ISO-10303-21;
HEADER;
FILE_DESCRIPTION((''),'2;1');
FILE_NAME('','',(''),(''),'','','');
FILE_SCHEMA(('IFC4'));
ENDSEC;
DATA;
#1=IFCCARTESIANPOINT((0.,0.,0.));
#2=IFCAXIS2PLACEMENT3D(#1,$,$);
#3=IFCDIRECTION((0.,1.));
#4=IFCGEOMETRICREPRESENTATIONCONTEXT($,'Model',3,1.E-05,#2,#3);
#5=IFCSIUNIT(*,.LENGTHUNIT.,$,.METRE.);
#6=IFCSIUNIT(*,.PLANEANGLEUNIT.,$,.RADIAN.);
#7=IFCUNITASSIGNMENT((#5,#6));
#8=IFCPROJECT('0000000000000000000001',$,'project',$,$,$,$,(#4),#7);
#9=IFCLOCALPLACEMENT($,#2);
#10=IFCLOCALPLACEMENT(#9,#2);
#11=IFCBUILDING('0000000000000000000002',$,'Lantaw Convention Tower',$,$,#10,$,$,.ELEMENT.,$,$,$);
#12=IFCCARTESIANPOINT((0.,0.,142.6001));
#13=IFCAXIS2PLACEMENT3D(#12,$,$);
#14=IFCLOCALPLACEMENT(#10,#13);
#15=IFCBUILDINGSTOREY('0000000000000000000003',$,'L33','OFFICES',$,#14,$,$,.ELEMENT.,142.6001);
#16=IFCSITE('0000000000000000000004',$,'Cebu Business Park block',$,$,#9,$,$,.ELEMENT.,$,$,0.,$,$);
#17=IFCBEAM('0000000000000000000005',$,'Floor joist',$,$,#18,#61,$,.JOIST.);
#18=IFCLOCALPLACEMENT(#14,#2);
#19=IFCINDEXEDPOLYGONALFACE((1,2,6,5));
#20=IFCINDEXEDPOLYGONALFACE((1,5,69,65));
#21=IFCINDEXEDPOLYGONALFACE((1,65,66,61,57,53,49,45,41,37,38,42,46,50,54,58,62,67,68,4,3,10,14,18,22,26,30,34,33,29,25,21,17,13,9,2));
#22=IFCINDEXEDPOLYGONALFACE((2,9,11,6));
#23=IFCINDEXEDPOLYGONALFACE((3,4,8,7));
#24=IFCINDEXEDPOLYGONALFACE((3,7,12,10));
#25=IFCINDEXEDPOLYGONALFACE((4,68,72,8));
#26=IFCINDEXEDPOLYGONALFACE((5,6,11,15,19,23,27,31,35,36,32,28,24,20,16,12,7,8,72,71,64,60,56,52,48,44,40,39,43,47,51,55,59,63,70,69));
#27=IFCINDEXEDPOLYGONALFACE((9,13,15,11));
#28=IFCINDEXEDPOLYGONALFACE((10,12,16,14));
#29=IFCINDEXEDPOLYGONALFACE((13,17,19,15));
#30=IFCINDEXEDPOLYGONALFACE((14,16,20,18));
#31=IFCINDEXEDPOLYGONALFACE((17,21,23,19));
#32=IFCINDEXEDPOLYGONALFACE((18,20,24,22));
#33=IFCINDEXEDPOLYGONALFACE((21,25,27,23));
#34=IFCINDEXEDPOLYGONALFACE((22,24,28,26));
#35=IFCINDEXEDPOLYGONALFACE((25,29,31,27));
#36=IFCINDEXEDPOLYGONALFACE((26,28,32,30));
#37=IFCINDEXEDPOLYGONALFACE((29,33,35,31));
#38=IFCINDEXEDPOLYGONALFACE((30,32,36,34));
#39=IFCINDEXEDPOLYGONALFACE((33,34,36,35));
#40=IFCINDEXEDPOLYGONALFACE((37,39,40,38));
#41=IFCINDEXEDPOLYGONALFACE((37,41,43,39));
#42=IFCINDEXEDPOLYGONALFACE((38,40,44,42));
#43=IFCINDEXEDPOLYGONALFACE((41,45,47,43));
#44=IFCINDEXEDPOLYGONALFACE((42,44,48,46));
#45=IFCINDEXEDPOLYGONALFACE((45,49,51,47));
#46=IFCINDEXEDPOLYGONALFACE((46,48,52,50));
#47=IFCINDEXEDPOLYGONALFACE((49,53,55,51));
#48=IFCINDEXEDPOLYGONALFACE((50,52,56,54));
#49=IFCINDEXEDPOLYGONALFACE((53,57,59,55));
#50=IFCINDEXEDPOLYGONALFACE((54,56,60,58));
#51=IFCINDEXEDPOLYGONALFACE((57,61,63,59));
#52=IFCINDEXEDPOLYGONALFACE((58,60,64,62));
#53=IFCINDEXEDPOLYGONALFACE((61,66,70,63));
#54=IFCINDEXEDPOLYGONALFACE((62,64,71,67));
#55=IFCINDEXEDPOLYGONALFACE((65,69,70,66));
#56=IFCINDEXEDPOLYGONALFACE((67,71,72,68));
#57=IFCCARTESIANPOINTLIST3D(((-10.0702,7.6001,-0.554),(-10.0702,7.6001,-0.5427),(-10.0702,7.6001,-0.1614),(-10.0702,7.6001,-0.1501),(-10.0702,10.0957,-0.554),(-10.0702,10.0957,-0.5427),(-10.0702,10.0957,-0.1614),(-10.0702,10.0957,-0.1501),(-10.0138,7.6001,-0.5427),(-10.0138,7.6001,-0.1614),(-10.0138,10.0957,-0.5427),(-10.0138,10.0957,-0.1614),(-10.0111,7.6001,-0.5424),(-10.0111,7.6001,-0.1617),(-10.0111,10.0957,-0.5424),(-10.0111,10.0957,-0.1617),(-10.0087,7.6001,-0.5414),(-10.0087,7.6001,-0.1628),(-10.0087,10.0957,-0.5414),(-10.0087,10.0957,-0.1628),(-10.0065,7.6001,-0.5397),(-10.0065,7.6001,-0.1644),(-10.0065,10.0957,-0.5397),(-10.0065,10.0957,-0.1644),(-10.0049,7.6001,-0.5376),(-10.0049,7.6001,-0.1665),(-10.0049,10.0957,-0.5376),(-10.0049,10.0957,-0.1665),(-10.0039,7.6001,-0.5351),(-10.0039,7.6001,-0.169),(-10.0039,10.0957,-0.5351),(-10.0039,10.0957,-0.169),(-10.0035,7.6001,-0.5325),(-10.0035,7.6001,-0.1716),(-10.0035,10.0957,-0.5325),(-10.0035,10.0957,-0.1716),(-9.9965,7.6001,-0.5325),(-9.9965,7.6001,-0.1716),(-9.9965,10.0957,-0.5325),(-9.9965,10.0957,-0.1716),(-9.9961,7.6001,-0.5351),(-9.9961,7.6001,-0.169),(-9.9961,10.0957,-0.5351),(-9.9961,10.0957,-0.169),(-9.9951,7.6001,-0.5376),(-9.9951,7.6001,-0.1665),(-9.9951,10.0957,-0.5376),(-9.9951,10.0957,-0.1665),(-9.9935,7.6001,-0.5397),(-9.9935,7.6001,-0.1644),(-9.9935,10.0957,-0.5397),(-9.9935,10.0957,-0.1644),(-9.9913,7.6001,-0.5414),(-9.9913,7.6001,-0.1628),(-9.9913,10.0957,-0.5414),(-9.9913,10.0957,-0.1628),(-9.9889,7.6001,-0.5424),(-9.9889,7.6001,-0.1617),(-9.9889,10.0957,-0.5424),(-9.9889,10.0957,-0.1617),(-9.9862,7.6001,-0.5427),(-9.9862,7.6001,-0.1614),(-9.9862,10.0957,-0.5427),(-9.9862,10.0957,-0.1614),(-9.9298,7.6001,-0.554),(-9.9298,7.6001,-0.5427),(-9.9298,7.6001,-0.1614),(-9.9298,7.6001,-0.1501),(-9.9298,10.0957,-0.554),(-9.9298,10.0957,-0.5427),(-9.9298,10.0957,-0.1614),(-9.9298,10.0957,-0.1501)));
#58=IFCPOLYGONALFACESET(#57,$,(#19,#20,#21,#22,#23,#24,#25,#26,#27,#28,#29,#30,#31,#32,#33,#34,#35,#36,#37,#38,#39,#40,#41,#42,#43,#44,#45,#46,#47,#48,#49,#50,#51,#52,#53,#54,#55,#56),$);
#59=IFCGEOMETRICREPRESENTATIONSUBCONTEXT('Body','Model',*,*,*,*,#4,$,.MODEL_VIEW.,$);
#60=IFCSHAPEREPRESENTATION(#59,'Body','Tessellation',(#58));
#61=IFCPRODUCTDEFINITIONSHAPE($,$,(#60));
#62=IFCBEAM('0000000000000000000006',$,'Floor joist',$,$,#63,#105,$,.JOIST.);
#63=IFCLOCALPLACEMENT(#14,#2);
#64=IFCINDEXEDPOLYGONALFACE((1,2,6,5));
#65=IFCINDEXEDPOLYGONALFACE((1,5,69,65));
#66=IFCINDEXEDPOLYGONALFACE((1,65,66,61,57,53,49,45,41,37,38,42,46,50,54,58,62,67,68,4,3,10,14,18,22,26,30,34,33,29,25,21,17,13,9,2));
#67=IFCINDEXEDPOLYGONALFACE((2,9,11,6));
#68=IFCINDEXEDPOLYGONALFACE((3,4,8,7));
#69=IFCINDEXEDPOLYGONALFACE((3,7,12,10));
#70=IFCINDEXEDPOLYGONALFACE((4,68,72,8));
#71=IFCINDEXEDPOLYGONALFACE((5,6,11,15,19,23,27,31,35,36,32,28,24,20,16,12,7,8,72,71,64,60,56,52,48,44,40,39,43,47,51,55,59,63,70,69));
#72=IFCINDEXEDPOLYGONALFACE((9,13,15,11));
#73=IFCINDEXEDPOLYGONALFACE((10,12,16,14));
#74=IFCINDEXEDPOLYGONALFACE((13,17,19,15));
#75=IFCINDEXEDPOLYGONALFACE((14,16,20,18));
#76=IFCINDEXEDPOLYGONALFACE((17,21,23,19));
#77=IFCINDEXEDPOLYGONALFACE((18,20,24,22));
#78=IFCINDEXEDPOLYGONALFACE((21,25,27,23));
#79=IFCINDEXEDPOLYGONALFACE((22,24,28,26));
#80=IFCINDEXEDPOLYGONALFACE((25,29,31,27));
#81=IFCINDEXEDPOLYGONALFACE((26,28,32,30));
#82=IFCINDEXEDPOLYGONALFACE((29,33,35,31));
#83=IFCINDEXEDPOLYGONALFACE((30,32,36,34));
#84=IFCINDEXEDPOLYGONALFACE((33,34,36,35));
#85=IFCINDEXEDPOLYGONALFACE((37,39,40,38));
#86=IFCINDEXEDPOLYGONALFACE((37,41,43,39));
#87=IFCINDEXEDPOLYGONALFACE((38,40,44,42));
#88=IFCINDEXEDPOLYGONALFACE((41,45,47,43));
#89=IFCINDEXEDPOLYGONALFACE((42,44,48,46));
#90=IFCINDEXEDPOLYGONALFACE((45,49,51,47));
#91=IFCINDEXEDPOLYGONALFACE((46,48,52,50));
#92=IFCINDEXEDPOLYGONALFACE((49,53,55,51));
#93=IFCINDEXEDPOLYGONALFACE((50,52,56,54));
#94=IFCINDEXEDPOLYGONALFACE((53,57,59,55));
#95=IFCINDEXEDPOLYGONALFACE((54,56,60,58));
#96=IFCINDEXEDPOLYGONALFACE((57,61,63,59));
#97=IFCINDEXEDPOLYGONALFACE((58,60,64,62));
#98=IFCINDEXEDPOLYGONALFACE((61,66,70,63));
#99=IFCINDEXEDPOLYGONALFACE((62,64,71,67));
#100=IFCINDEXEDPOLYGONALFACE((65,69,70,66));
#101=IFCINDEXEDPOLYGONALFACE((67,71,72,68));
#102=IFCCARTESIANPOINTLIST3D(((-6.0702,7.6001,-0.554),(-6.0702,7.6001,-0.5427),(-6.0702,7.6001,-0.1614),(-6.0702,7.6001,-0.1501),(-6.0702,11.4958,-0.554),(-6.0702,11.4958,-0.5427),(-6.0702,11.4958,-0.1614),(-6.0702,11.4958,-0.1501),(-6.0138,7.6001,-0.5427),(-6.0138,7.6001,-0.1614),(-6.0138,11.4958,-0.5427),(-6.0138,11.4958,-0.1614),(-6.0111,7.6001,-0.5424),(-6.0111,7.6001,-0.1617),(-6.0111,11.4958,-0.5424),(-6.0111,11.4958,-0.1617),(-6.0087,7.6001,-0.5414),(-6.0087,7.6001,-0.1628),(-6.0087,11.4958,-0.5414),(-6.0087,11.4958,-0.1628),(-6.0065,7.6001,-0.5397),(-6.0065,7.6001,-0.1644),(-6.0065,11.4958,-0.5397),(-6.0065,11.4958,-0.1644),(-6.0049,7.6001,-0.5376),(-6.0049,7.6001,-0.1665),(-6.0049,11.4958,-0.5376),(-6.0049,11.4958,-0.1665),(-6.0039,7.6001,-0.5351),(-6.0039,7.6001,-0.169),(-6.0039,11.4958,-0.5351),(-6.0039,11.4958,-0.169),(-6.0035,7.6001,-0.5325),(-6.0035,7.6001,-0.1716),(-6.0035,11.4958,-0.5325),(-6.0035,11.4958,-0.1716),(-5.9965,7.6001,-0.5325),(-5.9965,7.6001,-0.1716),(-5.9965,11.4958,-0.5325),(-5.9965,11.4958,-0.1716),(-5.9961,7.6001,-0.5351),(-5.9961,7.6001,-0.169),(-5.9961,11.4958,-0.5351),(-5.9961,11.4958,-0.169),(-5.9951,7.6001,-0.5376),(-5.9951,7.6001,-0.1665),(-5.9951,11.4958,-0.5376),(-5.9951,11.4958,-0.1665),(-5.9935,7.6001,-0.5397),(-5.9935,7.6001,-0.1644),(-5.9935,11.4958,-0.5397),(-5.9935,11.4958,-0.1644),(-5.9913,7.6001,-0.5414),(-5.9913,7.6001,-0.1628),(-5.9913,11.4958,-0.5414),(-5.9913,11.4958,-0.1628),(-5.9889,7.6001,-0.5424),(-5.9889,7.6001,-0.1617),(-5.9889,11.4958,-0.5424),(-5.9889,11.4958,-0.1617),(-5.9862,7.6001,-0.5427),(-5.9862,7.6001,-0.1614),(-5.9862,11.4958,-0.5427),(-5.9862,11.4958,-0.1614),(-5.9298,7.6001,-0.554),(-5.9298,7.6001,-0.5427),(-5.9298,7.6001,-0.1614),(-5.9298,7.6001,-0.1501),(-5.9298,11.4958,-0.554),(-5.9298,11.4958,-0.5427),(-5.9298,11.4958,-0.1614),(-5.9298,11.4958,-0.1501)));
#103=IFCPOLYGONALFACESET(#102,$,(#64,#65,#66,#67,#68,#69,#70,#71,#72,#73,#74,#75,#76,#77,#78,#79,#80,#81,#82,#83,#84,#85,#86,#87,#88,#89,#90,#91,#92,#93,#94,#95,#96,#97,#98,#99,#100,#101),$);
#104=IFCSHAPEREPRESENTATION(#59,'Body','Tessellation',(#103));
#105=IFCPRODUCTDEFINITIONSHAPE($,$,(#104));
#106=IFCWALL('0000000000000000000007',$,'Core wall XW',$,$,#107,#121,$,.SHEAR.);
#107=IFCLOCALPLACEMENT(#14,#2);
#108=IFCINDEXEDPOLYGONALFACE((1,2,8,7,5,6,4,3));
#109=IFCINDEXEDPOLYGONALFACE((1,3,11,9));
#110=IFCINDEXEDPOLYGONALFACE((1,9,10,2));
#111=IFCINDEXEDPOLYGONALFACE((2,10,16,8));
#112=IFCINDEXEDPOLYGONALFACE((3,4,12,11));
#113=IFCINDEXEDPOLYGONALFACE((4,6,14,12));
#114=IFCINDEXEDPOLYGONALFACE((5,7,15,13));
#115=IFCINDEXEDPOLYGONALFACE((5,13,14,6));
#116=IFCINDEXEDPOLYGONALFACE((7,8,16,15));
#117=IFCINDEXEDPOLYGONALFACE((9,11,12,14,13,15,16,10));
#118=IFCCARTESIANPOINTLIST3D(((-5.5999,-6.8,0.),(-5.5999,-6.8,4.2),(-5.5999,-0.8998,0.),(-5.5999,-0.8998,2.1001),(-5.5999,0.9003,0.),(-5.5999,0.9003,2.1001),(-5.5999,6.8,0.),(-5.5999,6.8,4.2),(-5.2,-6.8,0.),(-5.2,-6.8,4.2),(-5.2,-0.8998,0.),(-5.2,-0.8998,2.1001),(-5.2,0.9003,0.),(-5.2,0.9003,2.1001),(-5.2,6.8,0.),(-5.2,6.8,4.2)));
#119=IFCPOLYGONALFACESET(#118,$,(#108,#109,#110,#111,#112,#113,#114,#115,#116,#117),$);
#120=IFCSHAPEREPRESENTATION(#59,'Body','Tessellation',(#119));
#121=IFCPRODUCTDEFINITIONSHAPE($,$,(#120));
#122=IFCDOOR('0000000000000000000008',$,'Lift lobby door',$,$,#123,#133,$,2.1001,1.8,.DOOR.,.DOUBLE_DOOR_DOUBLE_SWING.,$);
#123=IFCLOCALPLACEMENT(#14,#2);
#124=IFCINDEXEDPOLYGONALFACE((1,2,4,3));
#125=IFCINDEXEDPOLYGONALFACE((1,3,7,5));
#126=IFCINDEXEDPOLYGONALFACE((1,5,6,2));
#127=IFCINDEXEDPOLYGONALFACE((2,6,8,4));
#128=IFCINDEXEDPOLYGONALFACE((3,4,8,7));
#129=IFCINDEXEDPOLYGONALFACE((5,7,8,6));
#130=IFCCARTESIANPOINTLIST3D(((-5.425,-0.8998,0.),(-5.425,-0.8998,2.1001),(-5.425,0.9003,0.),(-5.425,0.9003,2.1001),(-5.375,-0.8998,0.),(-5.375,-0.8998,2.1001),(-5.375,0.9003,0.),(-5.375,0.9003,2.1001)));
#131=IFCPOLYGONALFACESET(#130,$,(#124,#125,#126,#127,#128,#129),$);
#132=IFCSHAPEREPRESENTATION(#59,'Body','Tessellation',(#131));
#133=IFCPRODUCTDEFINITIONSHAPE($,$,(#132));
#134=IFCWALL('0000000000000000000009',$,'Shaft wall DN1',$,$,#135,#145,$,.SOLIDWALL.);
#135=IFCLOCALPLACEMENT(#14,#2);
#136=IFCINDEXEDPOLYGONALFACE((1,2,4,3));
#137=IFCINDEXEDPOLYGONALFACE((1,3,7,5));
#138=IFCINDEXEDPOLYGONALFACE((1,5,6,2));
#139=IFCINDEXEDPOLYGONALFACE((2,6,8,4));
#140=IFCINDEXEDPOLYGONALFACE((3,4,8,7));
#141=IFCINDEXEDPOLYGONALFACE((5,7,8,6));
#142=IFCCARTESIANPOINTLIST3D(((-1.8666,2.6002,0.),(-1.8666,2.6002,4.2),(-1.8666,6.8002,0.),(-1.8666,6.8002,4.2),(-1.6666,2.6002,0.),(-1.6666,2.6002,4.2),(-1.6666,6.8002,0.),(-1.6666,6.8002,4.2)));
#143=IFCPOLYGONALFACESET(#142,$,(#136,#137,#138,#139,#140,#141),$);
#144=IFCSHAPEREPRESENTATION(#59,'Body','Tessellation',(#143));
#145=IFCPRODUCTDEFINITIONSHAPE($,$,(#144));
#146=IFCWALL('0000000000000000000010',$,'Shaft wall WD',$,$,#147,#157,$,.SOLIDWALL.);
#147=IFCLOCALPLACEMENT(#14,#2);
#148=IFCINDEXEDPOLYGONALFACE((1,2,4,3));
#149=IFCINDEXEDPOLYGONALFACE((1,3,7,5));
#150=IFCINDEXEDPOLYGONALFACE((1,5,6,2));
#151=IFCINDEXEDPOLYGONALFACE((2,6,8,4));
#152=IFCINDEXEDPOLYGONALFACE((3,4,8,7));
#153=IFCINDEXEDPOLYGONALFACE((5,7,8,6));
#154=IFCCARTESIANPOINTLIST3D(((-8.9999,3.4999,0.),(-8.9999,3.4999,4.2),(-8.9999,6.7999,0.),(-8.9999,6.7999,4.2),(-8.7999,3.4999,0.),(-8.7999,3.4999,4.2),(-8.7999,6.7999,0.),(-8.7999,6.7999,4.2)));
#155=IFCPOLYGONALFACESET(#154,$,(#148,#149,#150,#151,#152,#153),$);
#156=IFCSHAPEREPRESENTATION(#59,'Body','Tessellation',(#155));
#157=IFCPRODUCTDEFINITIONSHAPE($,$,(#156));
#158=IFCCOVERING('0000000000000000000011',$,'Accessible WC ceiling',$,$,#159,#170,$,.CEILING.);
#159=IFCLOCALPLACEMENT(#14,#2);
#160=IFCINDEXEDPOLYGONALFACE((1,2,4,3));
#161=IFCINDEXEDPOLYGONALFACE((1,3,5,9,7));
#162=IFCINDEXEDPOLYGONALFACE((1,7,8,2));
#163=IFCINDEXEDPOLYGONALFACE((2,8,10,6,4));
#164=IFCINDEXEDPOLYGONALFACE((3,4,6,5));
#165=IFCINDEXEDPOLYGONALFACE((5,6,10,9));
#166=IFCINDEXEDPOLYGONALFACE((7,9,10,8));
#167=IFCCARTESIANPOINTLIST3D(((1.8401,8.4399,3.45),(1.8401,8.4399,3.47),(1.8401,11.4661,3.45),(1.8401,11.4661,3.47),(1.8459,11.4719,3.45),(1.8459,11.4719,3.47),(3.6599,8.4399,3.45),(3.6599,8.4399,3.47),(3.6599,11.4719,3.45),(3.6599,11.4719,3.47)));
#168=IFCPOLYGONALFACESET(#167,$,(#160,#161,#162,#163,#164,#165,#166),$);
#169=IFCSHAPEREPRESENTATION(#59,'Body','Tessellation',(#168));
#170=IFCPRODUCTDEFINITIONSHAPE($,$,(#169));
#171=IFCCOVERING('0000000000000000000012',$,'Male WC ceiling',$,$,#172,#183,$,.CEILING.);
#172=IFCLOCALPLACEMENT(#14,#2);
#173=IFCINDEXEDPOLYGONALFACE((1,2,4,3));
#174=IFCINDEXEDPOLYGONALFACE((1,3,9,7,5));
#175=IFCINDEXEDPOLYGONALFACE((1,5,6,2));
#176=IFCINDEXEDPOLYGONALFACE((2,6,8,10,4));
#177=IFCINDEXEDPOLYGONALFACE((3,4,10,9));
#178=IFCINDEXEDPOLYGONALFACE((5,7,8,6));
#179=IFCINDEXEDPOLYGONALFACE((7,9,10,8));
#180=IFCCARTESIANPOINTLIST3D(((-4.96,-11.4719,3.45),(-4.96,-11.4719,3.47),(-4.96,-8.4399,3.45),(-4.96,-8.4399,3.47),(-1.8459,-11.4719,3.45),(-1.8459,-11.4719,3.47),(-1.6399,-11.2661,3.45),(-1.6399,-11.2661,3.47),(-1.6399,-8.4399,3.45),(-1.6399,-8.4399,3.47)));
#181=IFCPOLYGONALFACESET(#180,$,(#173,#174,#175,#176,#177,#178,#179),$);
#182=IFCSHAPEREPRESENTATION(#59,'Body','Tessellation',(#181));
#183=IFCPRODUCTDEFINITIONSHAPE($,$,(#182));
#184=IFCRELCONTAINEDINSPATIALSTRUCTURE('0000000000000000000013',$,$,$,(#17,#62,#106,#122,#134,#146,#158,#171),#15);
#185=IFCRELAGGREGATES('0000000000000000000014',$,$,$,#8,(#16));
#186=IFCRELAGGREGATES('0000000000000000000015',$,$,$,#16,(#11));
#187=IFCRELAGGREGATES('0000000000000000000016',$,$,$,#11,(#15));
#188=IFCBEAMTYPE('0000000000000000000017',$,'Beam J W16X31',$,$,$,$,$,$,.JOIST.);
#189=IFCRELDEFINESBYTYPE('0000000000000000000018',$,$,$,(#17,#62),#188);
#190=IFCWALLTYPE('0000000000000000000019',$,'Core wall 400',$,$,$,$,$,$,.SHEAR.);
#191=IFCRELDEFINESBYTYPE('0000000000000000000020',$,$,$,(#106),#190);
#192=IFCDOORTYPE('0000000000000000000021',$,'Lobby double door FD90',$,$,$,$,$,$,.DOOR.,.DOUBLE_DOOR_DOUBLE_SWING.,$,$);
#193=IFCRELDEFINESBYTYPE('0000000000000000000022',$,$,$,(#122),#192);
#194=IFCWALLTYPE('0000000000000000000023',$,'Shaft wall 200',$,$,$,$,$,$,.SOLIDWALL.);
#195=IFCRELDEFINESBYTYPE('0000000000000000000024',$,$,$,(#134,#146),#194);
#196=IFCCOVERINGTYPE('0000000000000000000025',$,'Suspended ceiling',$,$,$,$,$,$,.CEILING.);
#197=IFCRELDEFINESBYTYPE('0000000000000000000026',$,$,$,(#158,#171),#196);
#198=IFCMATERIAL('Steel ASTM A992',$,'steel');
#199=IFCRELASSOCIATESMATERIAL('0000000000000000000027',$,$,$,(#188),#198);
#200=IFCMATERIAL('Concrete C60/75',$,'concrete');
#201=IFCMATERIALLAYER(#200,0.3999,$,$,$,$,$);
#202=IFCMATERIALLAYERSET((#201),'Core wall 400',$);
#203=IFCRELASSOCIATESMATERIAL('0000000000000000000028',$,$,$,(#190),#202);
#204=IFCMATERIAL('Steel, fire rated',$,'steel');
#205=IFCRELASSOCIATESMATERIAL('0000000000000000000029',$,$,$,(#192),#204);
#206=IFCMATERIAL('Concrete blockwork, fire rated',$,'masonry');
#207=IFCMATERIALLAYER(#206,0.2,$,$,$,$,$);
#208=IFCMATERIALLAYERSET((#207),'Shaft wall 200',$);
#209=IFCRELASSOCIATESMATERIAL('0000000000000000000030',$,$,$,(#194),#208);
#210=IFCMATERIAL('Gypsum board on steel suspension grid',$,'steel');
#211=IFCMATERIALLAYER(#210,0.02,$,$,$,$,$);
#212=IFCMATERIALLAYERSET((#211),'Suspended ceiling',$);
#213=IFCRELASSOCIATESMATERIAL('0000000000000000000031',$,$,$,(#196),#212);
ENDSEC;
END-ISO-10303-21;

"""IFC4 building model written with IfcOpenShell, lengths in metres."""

from ifc_helpers import new_model, si_unit, direction, frame, frame_2d, origin, origin_2d, place, context, subcontext, project, spatial, polyline, rectangle, i_section, outline, extrude, material, layer, layer_set, material_profile, profile_set, type_object, element, fill, save


model = new_model("IFC4")

# Units and contexts
model_context = context("Model", 3, precision=1e-05, world=origin(), true_north=direction((0.0, 1.0)))
body_context = subcontext(model_context, "Body", "Model", "MODEL_VIEW")
ifc_project = project(units=[si_unit("LENGTHUNIT", "METRE"), si_unit("PLANEANGLEUNIT", "RADIAN")], contexts=[model_context])

# Site, building, storey
site_placement = place(None, origin())
site = spatial("IfcSite", under=ifc_project, at=site_placement, Name="Cebu Business Park block", CompositionType="ELEMENT", RefElevation=0.0)
building_placement = place(site_placement, origin())
building = spatial("IfcBuilding", under=site, at=building_placement, Name="Lantaw Convention Tower", CompositionType="ELEMENT")
storey_placement = place(building_placement, frame((0.0, 0.0, 142.6001)))
storey = spatial("IfcBuildingStorey", under=building, at=storey_placement, Name="L33", Description="OFFICES", CompositionType="ELEMENT", Elevation=142.6001)

# Beams
ifc_material_1 = material(Name="Steel ASTM A992", Category="steel")
ifc_material_profile_1 = material_profile(ifc_material_1, i_section(OverallWidth=0.1404, OverallDepth=0.4038, WebThickness=0.0071, FlangeThickness=0.0112, FilletRadius=0.0103, at=origin_2d()), Name="W16X31")
ifc_profile_set_1 = profile_set([ifc_material_profile_1], Name="Steel ASTM A992")
beam_type_1 = type_object("IfcBeamType", Name="Beam J W16X31", PredefinedType="JOIST", material=ifc_profile_set_1)
beam_1_placement = place(storey_placement, frame((-10.0, 7.6001, -0.3521), z_axis=(0.0, 1.0, 0.0), x_axis=(-1.0, 0.0, 0.0)))
element("IfcBeam", 1, at=beam_1_placement, inside=storey, type_object=beam_type_1, Name="Floor joist", PredefinedType="JOIST", context=body_context, shape_type="SweptSolid", body=[
    extrude(i_section(OverallWidth=0.1404, OverallDepth=0.4038, WebThickness=0.0071, FlangeThickness=0.0112, FilletRadius=0.0103, at=origin_2d()), origin(), (0.0, 0.0, 1.0), 2.4956),
])
beam_2_placement = place(storey_placement, frame((-6.0, 7.6001, -0.3521), z_axis=(0.0, 1.0, 0.0), x_axis=(-1.0, 0.0, 0.0)))
element("IfcBeam", 2, at=beam_2_placement, inside=storey, type_object=beam_type_1, Name="Floor joist", PredefinedType="JOIST", context=body_context, shape_type="SweptSolid", body=[
    extrude(i_section(OverallWidth=0.1404, OverallDepth=0.4038, WebThickness=0.0071, FlangeThickness=0.0112, FilletRadius=0.0103, at=origin_2d()), origin(), (0.0, 0.0, 1.0), 3.8958),
])

# Wall, opening, door
ifc_material_2 = material(Name="Concrete C60/75", Category="concrete")
ifc_layer_1 = layer(ifc_material_2, 0.3999)
ifc_layer_set_1 = layer_set([ifc_layer_1], Name="Core wall 400")
wall_type_1 = type_object("IfcWallType", Name="Core wall 400", PredefinedType="SHEAR", material=ifc_layer_set_1)
wall_1_placement = place(storey_placement, frame((-5.3999, 6.8, 0.0), z_axis=(0.0, 0.0, 1.0), x_axis=(0.0, -1.0, 0.0)))
wall_1 = element("IfcWall", 3, at=wall_1_placement, inside=storey, type_object=wall_type_1, Name="Core wall XW", PredefinedType="SHEAR", context=body_context, shape_type="SweptSolid", body=[
    extrude(rectangle(XDim=13.6001, YDim=0.3999, at=frame_2d((6.8, 0.0))), origin(), (0.0, 0.0, 1.0), 4.2),
])
opening_placement = place(wall_1_placement, frame((5.8999, 0.0, 0.0)))
opening = element("IfcOpeningElement", 4, at=opening_placement, cuts=wall_1, PredefinedType="OPENING", context=body_context, shape_type="SweptSolid", body=[
    extrude(rectangle(XDim=1.8, YDim=2.1001, at=frame_2d((0.8999, 1.05))), frame((0.0, 0.21, 0.0), z_axis=(0.0, -1.0, 0.0), x_axis=(1.0, 0.0, 0.0)), (0.0, 0.0, 1.0), 0.4199),
])
ifc_material_3 = material(Name="Steel, fire rated", Category="steel")
door_type = type_object("IfcDoorType", Name="Lobby double door FD90", OperationType="DOUBLE_DOOR_DOUBLE_SWING", PredefinedType="DOOR", material=ifc_material_3)
door_placement = place(opening_placement, origin())
door = element("IfcDoor", 5, at=door_placement, inside=storey, type_object=door_type, Name="Lift lobby door", OperationType="DOUBLE_DOOR_DOUBLE_SWING", OverallHeight=2.1001, OverallWidth=1.8, PredefinedType="DOOR", context=body_context, shape_type="SweptSolid", body=[
    extrude(rectangle(XDim=1.8, YDim=2.1001, at=frame_2d((0.8999, 1.05))), frame((0.0, 0.0249, 0.0), z_axis=(0.0, -1.0, 0.0), x_axis=(1.0, 0.0, 0.0)), (0.0, 0.0, 1.0), 0.05),
])
fill(opening, door)

# Walls
ifc_material_4 = material(Name="Concrete blockwork, fire rated", Category="masonry")
ifc_layer_2 = layer(ifc_material_4, 0.2)
ifc_layer_set_2 = layer_set([ifc_layer_2], Name="Shaft wall 200")
wall_type_2 = type_object("IfcWallType", Name="Shaft wall 200", PredefinedType="SOLIDWALL", material=ifc_layer_set_2)
wall_2_placement = place(storey_placement, frame((-1.7666, 2.6001, 0.0), z_axis=(0.0, 0.0, 1.0), x_axis=(0.0, 1.0, 0.0)))
element("IfcWall", 6, at=wall_2_placement, inside=storey, type_object=wall_type_2, Name="Shaft wall DN1", PredefinedType="SOLIDWALL", context=body_context, shape_type="SweptSolid", body=[
    extrude(rectangle(XDim=4.2, YDim=0.2, at=frame_2d((2.1001, 0.0))), origin(), (0.0, 0.0, 1.0), 4.2),
])
wall_3_placement = place(storey_placement, frame((-8.8999, 3.5, 0.0), z_axis=(0.0, 0.0, 1.0), x_axis=(0.0, 1.0, 0.0)))
element("IfcWall", 7, at=wall_3_placement, inside=storey, type_object=wall_type_2, Name="Shaft wall WD", PredefinedType="SOLIDWALL", context=body_context, shape_type="SweptSolid", body=[
    extrude(rectangle(XDim=3.3, YDim=0.2, at=frame_2d((1.6499, 0.0))), origin(), (0.0, 0.0, 1.0), 4.2),
])

# Coverings
ifc_material_5 = material(Name="Gypsum board on steel suspension grid", Category="steel")
ifc_layer_3 = layer(ifc_material_5, 0.02)
ifc_layer_set_3 = layer_set([ifc_layer_3], Name="Suspended ceiling")
covering_type = type_object("IfcCoveringType", Name="Suspended ceiling", PredefinedType="CEILING", material=ifc_layer_set_3)
covering_1_placement = place(storey_placement, frame((0.0, 0.0, 3.45)))
element("IfcCovering", 8, at=covering_1_placement, inside=storey, type_object=covering_type, Name="Accessible WC ceiling", PredefinedType="CEILING", context=body_context, shape_type="SweptSolid", body=[
    extrude(outline(polyline([(1.8401, 11.4661), (1.8401, 8.4399), (3.6599, 8.4399), (3.6599, 11.4719), (1.8459, 11.4719), (1.8401, 11.4661)])), origin(), (0.0, 0.0, 1.0), 0.02),
])
covering_2_placement = place(storey_placement, frame((0.0, 0.0, 3.45)))
element("IfcCovering", 9, at=covering_2_placement, inside=storey, type_object=covering_type, Name="Male WC ceiling", PredefinedType="CEILING", context=body_context, shape_type="SweptSolid", body=[
    extrude(outline(polyline([(-4.96, -8.4399), (-4.96, -11.4719), (-1.8459, -11.4719), (-1.6399, -11.2661), (-1.6399, -8.4399), (-4.96, -8.4399)])), origin(), (0.0, 0.0, 1.0), 0.02),
])

save(model, "model.ifc")
